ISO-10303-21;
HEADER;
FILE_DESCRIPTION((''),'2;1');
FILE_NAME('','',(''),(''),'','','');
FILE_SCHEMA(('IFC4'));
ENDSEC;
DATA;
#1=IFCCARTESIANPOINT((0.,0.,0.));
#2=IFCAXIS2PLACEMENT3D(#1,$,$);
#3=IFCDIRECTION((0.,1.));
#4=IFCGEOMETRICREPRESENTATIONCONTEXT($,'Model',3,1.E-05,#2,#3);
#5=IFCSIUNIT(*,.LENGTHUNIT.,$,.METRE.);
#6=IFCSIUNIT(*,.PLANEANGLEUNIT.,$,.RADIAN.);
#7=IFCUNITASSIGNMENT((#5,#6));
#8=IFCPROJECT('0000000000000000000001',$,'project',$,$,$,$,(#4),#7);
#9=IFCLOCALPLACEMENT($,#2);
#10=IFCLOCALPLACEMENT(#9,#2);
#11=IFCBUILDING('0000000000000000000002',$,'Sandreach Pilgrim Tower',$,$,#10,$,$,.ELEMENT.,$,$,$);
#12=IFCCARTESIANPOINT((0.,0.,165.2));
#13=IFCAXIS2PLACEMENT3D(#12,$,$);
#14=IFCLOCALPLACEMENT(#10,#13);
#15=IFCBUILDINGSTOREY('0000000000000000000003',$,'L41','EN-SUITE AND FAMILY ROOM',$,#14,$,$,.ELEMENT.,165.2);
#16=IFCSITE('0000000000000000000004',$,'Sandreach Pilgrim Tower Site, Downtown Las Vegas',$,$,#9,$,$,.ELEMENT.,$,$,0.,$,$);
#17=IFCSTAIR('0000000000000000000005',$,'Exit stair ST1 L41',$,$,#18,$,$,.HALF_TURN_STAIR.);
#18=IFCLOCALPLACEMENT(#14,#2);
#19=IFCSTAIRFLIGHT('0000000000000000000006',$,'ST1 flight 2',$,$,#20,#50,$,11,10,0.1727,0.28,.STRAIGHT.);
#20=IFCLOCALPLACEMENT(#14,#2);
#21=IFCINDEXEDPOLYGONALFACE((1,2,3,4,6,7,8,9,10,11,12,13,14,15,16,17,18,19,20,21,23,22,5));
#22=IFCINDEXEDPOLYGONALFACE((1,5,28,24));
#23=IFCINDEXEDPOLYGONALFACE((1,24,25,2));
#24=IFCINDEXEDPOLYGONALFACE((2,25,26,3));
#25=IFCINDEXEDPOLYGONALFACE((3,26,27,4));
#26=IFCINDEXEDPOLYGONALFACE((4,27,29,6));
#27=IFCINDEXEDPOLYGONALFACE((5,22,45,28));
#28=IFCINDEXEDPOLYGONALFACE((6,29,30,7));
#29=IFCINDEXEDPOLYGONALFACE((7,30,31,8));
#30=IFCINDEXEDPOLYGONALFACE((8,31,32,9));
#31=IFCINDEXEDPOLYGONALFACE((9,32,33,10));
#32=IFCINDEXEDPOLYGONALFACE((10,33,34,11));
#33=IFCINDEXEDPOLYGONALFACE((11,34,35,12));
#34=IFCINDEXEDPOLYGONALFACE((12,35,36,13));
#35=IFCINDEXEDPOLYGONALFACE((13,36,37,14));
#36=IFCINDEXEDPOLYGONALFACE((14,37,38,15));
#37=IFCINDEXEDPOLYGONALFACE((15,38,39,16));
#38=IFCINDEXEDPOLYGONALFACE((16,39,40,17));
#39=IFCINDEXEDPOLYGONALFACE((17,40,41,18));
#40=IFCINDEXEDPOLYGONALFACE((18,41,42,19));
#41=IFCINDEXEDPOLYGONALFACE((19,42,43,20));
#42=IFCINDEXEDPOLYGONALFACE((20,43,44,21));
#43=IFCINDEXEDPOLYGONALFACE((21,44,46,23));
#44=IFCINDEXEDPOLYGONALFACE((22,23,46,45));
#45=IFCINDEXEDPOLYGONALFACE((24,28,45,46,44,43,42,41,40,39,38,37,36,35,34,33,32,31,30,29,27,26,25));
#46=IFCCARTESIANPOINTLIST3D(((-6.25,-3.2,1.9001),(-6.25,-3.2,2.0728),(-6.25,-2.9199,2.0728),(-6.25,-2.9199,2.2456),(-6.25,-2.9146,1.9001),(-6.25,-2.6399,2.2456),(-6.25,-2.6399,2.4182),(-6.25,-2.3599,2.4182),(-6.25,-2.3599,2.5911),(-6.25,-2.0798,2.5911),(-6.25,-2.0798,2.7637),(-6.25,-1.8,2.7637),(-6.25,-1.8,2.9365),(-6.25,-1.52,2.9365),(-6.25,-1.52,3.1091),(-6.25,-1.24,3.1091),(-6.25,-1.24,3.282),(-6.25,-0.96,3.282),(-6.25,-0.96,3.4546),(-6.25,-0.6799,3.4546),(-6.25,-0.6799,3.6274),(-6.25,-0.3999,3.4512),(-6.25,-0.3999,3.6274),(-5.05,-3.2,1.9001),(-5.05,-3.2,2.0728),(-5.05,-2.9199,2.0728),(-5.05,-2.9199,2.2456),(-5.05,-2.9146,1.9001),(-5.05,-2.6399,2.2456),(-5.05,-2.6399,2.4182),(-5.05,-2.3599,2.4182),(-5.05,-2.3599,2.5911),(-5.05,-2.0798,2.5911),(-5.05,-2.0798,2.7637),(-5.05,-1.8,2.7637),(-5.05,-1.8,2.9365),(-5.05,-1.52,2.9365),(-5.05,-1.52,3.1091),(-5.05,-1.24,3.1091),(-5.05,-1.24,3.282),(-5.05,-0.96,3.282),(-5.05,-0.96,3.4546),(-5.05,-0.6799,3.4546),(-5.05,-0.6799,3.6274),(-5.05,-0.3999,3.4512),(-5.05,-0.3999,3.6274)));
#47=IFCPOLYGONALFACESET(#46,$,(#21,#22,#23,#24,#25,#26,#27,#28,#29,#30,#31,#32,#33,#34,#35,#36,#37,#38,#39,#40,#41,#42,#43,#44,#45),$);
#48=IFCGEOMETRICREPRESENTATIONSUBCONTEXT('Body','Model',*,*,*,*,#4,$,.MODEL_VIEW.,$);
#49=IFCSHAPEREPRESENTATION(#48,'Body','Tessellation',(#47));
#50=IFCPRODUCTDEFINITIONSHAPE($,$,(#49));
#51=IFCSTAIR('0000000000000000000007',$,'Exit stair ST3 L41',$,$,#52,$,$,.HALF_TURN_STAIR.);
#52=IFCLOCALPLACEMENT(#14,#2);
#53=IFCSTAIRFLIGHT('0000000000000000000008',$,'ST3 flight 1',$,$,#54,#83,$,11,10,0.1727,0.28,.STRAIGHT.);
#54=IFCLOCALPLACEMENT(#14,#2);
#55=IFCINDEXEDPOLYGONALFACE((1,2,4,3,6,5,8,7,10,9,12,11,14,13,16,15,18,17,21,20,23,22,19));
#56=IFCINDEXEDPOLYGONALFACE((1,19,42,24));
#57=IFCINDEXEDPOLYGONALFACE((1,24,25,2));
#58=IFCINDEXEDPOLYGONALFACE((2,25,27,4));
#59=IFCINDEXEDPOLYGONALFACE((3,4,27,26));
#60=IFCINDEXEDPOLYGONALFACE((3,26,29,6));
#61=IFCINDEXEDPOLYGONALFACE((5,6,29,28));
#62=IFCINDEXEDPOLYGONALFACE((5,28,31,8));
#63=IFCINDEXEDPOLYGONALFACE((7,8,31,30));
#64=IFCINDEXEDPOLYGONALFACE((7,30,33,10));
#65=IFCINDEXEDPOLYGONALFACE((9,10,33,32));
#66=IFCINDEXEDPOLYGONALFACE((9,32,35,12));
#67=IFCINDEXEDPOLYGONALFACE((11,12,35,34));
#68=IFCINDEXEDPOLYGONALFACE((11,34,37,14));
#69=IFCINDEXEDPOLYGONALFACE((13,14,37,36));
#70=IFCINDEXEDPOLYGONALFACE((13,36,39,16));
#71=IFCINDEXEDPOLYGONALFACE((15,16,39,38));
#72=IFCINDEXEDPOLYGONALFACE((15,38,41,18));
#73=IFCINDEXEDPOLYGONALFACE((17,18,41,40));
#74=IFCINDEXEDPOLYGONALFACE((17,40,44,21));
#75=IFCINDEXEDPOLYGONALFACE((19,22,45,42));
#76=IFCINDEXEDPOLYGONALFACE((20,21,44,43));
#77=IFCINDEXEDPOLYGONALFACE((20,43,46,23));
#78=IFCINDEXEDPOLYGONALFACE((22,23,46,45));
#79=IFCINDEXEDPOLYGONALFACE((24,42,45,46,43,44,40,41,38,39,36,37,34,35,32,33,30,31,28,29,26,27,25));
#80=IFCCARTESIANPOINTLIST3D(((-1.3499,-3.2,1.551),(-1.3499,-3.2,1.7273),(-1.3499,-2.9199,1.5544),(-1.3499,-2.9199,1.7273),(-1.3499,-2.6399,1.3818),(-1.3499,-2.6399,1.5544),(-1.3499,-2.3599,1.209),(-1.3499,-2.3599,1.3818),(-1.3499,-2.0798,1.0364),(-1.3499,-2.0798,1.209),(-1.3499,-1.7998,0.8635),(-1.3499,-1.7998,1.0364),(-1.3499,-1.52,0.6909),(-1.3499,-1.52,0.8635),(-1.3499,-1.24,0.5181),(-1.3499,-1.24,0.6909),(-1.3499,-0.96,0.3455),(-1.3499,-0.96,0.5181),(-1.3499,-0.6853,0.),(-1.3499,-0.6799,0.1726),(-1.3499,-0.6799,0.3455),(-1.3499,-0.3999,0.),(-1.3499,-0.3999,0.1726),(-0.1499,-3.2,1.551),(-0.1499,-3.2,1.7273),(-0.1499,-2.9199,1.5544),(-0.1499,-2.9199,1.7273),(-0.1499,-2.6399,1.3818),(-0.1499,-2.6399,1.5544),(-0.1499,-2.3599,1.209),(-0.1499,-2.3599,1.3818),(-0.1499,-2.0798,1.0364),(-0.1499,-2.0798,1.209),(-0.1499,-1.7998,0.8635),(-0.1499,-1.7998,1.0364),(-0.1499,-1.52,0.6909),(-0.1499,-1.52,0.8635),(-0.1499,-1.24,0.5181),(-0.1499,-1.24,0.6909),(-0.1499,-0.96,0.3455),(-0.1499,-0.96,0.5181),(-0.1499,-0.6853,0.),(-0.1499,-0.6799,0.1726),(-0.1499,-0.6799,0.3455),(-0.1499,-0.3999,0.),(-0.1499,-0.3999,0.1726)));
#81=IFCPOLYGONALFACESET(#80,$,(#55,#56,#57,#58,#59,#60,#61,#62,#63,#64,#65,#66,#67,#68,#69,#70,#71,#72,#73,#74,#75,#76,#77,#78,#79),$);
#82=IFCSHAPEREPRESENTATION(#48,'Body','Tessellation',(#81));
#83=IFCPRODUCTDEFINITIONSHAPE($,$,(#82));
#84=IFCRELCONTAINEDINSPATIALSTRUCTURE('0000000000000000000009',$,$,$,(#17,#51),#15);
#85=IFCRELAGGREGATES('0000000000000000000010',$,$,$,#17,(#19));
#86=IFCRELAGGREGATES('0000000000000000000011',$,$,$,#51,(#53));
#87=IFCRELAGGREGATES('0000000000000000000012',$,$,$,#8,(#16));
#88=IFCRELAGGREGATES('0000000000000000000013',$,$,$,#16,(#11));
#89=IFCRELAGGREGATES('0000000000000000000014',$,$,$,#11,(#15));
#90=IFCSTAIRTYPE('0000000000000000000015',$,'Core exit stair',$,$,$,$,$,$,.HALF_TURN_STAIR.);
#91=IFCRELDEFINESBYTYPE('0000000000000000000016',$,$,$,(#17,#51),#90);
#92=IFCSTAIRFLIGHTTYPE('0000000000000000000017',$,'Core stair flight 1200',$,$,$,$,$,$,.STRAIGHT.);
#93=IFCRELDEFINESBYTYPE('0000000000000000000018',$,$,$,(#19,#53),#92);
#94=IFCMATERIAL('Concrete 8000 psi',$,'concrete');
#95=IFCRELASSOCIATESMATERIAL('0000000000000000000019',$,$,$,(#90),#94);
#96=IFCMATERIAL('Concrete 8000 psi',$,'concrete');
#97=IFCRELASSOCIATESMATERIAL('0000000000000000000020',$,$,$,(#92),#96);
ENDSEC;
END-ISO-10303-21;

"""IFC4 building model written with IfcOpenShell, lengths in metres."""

from ifc_helpers import new_model, si_unit, direction, frame, origin, place, context, subcontext, project, spatial, polyline, outline, extrude, material, type_object, element, aggregate, save


model = new_model("IFC4")

# Units and contexts
model_context = context("Model", 3, precision=1e-05, world=origin(), true_north=direction((0.0, 1.0)))
body_context = subcontext(model_context, "Body", "Model", "MODEL_VIEW")
ifc_project = project(units=[si_unit("LENGTHUNIT", "METRE"), si_unit("PLANEANGLEUNIT", "RADIAN")], contexts=[model_context])

# Site, building, storey
site_placement = place(None, origin())
site = spatial("IfcSite", under=ifc_project, at=site_placement, Name="Sandreach Pilgrim Tower Site, Downtown Las Vegas", CompositionType="ELEMENT", RefElevation=0.0)
building_placement = place(site_placement, origin())
building = spatial("IfcBuilding", under=site, at=building_placement, Name="Sandreach Pilgrim Tower", CompositionType="ELEMENT")
storey_placement = place(building_placement, frame((0.0, 0.0, 165.2)))
storey = spatial("IfcBuildingStorey", under=building, at=storey_placement, Name="L41", Description="EN-SUITE AND FAMILY ROOM", CompositionType="ELEMENT", Elevation=165.2)

# Stair, stair flight
ifc_material_1 = material(Name="Concrete 8000 psi", Category="concrete")
stair_type = type_object("IfcStairType", Name="Core exit stair", PredefinedType="HALF_TURN_STAIR", material=ifc_material_1)
stair_1_placement = place(storey_placement, origin())
stair_1 = element("IfcStair", 1, at=stair_1_placement, inside=storey, type_object=stair_type, Name="Exit stair ST1 L41", PredefinedType="HALF_TURN_STAIR")
ifc_material_2 = material(Name="Concrete 8000 psi", Category="concrete")
stair_flight_type = type_object("IfcStairFlightType", Name="Core stair flight 1200", PredefinedType="STRAIGHT", material=ifc_material_2)
stair_flight_1_placement = place(storey_placement, frame((-5.6499, -3.2, 1.9001), z_axis=(0.0, 0.0, 1.0), x_axis=(0.0, 1.0, 0.0)))
stair_flight_1 = element("IfcStairFlight", 2, at=stair_flight_1_placement, type_object=stair_flight_type, Name="ST1 flight 2", NumberOfRisers=11, NumberOfTreads=10, PredefinedType="STRAIGHT", RiserHeight=0.1727, TreadLength=0.28, context=body_context, shape_type="SweptSolid", body=[
    extrude(outline(polyline([(0.0, 0.0), (0.0, 0.1726), (0.28, 0.1726), (0.28, 0.3455), (0.5601, 0.3455), (0.5601, 0.5181), (0.8401, 0.5181), (0.8401, 0.6909), (1.1201, 0.6909), (1.1201, 0.8635), (1.3999, 0.8635), (1.3999, 1.0364), (1.6799, 1.0364), (1.6799, 1.209), (1.96, 1.209), (1.96, 1.3818), (2.24, 1.3818), (2.24, 1.5544), (2.52, 1.5544), (2.52, 1.7273), (2.8, 1.7273), (2.8, 1.8999), (2.8, 1.551), (0.2854, 0.0), (0.0, 0.0)])), frame((0.0, 0.6001, 0.0), z_axis=(0.0, -1.0, 0.0), x_axis=(1.0, 0.0, 0.0)), (0.0, 0.0, 1.0), 1.2),
])
aggregate(stair_1, [stair_flight_1])

# Stair, stair flight
stair_2_placement = place(storey_placement, origin())
stair_2 = element("IfcStair", 3, at=stair_2_placement, inside=storey, type_object=stair_type, Name="Exit stair ST3 L41", PredefinedType="HALF_TURN_STAIR")
stair_flight_2_placement = place(storey_placement, frame((-0.75, -0.3999, 0.0), z_axis=(0.0, 0.0, 1.0), x_axis=(0.0, -1.0, 0.0)))
stair_flight_2 = element("IfcStairFlight", 4, at=stair_flight_2_placement, type_object=stair_flight_type, Name="ST3 flight 1", NumberOfRisers=11, NumberOfTreads=10, PredefinedType="STRAIGHT", RiserHeight=0.1727, TreadLength=0.28, context=body_context, shape_type="SweptSolid", body=[
    extrude(outline(polyline([(0.0, 0.0), (0.0, 0.1726), (0.28, 0.1726), (0.28, 0.3455), (0.5601, 0.3455), (0.5601, 0.5181), (0.8401, 0.5181), (0.8401, 0.6909), (1.1201, 0.6909), (1.1201, 0.8635), (1.3999, 0.8635), (1.3999, 1.0364), (1.6799, 1.0364), (1.6799, 1.209), (1.96, 1.209), (1.96, 1.3818), (2.24, 1.3818), (2.24, 1.5544), (2.52, 1.5544), (2.52, 1.7273), (2.8, 1.7273), (2.8, 1.8999), (2.8, 1.551), (0.2854, 0.0), (0.0, 0.0)])), frame((0.0, 0.6001, 0.0), z_axis=(0.0, -1.0, 0.0), x_axis=(1.0, 0.0, 0.0)), (0.0, 0.0, 1.0), 1.2),
])
aggregate(stair_2, [stair_flight_2])

save(model, "model.ifc")
